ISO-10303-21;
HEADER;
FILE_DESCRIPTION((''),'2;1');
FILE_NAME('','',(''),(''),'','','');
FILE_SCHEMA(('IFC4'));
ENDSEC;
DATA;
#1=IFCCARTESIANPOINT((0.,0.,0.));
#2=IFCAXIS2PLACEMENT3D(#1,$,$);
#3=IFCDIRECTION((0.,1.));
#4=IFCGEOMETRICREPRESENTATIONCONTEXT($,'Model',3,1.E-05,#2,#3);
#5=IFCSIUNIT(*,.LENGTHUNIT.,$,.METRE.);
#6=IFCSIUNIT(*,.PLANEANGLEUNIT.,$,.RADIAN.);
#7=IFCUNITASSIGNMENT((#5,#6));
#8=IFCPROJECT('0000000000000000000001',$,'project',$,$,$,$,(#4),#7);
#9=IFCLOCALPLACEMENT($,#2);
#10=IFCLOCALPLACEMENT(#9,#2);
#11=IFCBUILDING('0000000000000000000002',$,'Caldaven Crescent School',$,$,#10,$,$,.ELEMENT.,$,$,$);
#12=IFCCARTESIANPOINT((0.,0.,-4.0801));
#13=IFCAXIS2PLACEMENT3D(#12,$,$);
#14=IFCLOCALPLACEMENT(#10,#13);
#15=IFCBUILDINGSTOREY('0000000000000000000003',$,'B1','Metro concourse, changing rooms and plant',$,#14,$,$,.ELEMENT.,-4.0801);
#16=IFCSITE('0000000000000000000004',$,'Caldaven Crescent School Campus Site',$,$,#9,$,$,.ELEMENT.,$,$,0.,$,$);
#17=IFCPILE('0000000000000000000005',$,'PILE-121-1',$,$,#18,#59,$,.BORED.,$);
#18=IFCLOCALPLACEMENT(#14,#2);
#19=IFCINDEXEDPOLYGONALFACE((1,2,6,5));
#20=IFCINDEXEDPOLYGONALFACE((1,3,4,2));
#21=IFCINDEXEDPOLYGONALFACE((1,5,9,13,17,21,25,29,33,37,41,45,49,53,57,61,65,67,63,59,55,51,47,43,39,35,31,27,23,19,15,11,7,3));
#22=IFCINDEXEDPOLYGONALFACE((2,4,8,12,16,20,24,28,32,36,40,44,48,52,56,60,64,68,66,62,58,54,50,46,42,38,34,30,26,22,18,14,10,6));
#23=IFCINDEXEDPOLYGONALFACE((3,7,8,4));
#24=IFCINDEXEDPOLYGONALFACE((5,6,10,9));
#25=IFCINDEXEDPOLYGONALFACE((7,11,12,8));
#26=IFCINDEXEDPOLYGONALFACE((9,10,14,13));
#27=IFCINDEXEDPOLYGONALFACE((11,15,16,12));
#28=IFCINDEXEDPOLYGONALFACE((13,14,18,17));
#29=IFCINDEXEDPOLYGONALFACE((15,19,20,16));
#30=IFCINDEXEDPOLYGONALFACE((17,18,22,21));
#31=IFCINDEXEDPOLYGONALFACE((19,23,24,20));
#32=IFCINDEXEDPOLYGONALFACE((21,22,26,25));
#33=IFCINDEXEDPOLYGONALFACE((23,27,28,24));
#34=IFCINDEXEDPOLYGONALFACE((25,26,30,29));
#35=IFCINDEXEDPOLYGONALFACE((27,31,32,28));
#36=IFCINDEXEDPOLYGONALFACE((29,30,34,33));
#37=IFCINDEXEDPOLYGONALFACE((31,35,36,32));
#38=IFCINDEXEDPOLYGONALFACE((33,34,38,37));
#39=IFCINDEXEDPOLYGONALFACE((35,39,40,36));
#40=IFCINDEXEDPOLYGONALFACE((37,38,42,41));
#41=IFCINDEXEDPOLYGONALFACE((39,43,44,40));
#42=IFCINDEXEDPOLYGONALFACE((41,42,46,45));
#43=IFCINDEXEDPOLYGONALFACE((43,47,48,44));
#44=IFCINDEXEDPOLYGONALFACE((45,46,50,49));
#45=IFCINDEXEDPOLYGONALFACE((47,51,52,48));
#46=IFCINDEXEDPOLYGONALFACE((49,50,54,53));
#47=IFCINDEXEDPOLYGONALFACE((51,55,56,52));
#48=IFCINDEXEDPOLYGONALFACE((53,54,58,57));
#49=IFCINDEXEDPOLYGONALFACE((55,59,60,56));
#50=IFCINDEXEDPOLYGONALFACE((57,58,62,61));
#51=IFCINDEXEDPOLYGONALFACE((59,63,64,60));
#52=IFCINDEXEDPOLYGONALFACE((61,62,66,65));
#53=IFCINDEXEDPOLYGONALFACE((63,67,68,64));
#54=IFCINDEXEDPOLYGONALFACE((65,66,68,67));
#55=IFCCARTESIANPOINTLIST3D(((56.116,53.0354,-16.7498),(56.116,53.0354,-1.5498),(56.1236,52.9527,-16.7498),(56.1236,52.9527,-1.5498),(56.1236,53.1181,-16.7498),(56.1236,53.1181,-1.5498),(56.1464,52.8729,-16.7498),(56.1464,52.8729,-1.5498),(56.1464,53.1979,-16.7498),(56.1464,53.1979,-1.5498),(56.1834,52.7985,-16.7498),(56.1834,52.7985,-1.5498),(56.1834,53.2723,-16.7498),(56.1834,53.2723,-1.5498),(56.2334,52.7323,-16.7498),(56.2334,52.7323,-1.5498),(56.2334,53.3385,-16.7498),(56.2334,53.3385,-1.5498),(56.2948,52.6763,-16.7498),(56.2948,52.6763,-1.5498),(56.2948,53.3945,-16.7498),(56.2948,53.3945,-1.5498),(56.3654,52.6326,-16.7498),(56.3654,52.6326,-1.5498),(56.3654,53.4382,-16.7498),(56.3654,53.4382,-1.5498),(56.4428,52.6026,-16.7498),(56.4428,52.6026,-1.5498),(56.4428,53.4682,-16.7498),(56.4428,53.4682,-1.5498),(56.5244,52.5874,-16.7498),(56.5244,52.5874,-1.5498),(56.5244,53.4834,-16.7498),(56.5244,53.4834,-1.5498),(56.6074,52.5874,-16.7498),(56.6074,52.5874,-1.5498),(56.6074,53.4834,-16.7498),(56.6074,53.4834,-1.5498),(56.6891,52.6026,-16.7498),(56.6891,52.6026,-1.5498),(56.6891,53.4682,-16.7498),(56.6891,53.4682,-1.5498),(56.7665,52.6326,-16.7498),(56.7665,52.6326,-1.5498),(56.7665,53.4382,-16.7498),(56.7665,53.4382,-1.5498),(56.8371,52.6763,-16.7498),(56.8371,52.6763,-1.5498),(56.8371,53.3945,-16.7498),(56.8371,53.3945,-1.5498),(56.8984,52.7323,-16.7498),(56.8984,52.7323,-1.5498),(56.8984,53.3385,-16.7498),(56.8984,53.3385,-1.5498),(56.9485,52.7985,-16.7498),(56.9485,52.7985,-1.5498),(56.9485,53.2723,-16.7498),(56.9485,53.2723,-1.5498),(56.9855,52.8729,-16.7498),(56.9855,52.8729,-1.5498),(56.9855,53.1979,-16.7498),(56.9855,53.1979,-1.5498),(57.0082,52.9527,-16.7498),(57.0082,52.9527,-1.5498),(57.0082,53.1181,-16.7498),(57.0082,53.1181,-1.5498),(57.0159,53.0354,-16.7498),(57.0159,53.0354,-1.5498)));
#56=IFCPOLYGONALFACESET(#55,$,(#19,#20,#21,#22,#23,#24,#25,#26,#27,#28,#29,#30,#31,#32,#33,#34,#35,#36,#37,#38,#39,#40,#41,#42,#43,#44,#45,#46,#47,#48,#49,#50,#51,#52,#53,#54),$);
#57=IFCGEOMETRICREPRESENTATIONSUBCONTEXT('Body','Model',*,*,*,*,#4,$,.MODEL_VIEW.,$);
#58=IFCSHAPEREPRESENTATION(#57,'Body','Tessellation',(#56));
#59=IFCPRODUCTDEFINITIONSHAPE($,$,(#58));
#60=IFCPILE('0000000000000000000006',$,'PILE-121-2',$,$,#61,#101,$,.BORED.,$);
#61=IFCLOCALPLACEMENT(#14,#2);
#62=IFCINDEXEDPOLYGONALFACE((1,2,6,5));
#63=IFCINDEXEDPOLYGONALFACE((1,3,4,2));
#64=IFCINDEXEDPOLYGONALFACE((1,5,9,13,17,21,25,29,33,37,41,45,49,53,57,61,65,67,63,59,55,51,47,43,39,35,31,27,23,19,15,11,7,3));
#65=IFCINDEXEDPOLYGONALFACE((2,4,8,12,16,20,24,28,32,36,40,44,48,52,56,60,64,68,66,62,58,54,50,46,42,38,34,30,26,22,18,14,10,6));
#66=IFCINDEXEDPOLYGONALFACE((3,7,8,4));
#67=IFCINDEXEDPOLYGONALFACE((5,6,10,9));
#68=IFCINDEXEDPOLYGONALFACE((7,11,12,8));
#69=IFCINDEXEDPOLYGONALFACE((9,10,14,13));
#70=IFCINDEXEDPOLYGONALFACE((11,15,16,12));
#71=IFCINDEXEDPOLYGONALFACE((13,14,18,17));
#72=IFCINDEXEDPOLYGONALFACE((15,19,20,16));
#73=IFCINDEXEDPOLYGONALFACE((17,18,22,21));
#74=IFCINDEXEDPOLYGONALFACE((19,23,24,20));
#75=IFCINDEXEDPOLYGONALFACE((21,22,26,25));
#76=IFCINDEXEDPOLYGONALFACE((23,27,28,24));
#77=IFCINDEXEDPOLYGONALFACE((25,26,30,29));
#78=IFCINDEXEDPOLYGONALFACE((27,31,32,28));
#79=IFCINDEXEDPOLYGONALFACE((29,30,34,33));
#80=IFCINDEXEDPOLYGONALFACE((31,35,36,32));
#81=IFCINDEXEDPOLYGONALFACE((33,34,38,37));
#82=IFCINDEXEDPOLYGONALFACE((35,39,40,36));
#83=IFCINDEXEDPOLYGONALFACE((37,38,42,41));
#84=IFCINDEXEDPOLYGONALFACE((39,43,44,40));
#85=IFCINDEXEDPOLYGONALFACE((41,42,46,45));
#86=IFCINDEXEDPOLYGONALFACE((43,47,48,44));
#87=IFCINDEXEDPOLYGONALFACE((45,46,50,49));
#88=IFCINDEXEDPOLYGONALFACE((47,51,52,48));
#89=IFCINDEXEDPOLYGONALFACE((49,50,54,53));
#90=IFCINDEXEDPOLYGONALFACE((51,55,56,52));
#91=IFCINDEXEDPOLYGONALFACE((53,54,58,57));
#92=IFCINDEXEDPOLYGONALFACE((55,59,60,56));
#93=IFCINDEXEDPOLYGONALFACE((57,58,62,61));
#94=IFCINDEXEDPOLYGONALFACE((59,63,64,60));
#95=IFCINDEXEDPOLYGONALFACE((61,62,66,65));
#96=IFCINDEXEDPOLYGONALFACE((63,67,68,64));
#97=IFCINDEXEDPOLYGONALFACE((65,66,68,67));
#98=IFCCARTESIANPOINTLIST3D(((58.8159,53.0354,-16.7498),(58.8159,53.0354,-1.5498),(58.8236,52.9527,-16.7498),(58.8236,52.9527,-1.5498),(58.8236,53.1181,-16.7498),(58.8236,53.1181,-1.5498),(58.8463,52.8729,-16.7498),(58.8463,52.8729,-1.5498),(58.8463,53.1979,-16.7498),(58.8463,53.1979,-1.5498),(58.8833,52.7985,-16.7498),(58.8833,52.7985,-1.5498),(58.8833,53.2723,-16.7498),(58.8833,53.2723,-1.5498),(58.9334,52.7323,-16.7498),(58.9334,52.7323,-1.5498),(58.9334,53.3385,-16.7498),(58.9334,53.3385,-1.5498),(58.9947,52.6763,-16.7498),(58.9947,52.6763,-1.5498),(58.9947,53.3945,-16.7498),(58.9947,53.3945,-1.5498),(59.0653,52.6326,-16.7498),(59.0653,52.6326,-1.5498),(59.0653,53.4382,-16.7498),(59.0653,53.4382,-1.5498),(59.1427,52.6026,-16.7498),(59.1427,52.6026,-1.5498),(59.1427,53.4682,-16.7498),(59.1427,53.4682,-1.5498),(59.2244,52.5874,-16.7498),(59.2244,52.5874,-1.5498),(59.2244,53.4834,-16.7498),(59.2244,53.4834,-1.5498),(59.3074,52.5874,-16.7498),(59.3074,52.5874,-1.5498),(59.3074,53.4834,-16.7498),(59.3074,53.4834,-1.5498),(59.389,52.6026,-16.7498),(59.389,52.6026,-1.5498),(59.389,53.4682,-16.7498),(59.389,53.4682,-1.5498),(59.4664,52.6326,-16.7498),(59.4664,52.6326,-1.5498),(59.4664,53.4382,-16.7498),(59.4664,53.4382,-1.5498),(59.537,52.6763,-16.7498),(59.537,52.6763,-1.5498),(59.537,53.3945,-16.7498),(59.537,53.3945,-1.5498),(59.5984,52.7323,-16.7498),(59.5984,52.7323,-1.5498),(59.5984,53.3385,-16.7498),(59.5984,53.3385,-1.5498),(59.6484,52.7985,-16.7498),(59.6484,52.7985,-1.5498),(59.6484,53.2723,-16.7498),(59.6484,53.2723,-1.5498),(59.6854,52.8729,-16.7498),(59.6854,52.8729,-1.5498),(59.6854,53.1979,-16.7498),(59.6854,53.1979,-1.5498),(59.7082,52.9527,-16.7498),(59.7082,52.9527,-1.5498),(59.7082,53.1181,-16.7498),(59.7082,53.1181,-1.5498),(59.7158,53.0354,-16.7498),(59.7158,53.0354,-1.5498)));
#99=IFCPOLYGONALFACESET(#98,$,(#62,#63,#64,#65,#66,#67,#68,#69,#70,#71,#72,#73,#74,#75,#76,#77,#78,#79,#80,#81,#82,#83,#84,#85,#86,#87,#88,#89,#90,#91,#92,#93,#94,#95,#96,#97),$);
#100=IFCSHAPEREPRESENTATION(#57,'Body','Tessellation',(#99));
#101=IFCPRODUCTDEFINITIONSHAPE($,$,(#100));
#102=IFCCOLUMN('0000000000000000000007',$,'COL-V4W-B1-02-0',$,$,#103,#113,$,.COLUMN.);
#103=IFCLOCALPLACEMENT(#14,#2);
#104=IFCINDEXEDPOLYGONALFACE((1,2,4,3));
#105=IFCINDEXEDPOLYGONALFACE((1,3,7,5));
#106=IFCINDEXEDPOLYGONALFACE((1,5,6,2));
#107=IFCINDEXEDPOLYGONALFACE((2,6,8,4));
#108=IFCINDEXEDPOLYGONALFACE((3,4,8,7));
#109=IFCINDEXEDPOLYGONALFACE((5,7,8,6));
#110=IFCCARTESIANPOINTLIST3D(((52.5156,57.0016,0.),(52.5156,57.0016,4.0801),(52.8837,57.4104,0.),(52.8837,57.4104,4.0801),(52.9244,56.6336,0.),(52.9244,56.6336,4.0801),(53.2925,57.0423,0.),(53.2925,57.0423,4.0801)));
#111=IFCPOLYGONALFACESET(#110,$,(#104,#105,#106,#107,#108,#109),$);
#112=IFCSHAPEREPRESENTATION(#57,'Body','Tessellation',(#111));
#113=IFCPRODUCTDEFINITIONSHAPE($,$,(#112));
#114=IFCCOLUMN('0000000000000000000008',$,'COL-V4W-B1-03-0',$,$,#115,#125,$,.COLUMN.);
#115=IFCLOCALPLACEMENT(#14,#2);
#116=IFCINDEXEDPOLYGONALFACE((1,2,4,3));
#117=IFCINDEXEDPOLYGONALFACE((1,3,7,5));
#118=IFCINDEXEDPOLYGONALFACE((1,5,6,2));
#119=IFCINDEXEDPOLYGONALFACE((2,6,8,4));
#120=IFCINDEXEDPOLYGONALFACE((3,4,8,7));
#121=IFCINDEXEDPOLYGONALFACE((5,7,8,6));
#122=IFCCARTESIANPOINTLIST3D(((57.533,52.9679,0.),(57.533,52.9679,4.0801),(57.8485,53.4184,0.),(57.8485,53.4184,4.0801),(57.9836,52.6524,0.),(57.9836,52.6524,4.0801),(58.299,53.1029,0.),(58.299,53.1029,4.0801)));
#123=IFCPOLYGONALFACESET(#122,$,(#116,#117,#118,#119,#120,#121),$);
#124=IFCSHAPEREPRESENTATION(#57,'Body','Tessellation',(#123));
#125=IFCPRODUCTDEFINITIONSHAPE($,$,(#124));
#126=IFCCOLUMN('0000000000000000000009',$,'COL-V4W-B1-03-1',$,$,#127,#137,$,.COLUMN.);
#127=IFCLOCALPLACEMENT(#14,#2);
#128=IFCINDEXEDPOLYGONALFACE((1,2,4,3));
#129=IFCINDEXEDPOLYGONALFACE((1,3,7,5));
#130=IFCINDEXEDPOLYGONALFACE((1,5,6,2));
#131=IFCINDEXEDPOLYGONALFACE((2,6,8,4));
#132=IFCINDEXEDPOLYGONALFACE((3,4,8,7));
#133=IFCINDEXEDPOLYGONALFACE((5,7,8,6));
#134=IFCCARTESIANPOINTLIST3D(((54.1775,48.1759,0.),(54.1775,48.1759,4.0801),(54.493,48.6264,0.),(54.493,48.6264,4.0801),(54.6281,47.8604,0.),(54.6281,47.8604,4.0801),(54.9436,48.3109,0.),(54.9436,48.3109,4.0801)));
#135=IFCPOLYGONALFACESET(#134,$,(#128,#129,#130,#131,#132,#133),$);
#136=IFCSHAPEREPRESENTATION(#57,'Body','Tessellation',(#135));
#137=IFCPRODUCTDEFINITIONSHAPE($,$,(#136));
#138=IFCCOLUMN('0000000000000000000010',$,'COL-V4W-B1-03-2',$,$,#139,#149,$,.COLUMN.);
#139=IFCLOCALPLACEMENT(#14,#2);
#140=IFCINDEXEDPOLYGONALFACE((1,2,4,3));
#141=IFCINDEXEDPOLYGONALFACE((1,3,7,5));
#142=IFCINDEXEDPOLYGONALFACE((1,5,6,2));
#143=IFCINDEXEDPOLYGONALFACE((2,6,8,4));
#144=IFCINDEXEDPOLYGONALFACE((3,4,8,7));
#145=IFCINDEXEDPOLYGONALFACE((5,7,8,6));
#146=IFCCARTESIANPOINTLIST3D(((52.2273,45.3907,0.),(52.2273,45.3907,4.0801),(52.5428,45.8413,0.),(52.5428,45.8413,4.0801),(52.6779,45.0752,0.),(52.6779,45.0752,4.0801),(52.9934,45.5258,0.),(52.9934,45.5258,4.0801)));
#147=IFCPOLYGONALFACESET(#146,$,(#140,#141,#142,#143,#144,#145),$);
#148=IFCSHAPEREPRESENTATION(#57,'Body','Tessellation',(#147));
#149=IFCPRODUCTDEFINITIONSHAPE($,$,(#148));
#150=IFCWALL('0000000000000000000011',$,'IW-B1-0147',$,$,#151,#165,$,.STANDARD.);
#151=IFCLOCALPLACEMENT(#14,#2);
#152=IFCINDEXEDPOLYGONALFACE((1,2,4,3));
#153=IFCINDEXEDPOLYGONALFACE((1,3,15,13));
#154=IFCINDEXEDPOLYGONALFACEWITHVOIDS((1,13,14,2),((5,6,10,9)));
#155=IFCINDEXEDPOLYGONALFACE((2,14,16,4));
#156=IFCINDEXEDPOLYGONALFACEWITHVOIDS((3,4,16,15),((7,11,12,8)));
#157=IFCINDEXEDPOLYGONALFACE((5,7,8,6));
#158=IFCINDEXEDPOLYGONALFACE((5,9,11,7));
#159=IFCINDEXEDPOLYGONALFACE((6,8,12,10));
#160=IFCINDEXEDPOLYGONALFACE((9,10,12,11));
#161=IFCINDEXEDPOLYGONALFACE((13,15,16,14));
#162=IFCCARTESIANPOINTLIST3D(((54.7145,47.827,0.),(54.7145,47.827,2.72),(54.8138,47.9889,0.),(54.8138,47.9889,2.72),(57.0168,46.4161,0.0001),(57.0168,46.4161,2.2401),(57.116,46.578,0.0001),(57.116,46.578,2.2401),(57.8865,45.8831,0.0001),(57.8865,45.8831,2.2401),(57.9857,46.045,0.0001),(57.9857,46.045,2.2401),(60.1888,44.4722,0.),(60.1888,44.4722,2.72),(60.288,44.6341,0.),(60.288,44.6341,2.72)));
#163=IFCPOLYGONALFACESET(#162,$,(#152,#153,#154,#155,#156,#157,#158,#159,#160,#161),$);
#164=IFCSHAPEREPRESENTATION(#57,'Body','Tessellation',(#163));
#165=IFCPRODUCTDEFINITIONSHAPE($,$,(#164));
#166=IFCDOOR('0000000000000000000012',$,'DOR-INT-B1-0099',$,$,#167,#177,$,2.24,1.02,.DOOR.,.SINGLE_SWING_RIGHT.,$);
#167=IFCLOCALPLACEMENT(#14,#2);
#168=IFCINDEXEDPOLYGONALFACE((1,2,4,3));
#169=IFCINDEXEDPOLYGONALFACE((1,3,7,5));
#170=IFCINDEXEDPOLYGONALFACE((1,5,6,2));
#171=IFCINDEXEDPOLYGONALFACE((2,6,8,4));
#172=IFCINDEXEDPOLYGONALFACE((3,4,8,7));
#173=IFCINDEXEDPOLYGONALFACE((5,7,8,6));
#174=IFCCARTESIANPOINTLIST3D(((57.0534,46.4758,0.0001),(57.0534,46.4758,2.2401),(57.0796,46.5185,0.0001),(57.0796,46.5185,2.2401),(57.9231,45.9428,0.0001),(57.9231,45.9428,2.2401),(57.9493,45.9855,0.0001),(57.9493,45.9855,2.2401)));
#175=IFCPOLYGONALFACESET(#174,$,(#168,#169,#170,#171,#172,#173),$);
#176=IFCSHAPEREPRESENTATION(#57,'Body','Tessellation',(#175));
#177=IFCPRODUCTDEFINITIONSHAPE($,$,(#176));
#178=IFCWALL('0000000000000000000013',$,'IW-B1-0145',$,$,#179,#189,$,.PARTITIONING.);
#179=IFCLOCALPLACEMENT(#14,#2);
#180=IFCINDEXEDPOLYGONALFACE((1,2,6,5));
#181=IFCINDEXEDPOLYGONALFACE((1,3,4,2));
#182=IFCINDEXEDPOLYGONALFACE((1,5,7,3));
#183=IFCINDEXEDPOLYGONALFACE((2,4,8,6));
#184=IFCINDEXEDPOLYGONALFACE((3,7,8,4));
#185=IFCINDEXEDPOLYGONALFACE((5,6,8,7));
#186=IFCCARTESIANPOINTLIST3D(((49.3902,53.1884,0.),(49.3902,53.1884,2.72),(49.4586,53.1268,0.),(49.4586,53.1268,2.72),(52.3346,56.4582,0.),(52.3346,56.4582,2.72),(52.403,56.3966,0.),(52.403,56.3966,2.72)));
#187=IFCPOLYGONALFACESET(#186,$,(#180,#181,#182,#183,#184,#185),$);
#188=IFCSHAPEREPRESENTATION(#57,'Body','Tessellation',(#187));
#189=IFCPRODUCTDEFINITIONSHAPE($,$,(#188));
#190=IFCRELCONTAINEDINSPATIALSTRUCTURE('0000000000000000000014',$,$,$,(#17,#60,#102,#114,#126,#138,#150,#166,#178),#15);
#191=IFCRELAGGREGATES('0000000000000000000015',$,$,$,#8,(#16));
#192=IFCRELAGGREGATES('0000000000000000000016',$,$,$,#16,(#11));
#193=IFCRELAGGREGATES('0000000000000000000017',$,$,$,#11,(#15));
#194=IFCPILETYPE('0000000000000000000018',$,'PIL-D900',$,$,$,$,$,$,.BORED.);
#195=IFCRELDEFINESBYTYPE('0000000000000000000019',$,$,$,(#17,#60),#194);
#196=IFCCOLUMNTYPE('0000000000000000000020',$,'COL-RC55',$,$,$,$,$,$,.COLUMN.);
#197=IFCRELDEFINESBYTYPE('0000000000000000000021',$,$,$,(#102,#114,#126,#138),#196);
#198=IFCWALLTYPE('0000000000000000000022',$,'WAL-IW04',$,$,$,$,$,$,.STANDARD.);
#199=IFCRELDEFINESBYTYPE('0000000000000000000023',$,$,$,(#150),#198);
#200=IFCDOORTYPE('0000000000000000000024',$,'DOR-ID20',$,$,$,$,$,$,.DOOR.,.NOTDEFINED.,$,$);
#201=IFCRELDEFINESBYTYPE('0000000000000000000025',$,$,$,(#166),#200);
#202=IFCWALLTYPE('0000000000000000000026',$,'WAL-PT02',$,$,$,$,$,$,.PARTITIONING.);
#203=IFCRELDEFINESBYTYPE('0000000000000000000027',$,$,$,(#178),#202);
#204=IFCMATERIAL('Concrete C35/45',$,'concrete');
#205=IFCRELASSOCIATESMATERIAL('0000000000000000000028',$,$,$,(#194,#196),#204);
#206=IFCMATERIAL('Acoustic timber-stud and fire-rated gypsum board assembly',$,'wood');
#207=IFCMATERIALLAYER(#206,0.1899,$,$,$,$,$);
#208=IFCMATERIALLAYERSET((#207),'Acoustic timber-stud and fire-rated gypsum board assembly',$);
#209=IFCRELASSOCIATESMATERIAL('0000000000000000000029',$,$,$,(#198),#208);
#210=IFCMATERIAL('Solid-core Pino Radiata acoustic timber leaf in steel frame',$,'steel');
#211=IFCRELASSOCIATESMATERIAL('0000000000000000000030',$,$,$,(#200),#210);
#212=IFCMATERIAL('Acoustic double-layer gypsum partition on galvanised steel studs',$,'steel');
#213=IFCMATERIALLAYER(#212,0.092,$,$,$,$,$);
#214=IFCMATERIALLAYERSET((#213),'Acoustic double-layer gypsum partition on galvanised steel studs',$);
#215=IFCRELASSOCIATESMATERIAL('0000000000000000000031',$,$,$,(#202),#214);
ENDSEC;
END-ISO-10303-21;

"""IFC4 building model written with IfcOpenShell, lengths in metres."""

from ifc_helpers import new_model, si_unit, direction, frame, frame_2d, origin, origin_2d, place, context, subcontext, project, spatial, rectangle, circle, extrude, material, layer, layer_set, material_profile, profile_set, type_object, element, fill, save


model = new_model("IFC4")

# Units and contexts
model_context = context("Model", 3, precision=1e-05, world=origin(), true_north=direction((0.0, 1.0)))
body_context = subcontext(model_context, "Body", "Model", "MODEL_VIEW")
ifc_project = project(units=[si_unit("LENGTHUNIT", "METRE"), si_unit("PLANEANGLEUNIT", "RADIAN")], contexts=[model_context])

# Site, building, storey
site_placement = place(None, origin())
site = spatial("IfcSite", under=ifc_project, at=site_placement, Name="Caldaven Crescent School Campus Site", CompositionType="ELEMENT", RefElevation=0.0)
building_placement = place(site_placement, origin())
building = spatial("IfcBuilding", under=site, at=building_placement, Name="Caldaven Crescent School", CompositionType="ELEMENT")
storey_placement = place(building_placement, frame((0.0, 0.0, -4.0801)))
storey = spatial("IfcBuildingStorey", under=building, at=storey_placement, Name="B1", Description="Metro concourse, changing rooms and plant", CompositionType="ELEMENT", Elevation=-4.0801)

# Shared definitions
ifc_material_1 = material(Name="Concrete C35/45", Category="concrete")

# Piles
ifc_material_profile_1 = material_profile(ifc_material_1, circle(Radius=0.45, at=origin_2d()), Name="PILE D900")
ifc_profile_set_1 = profile_set([ifc_material_profile_1], Name="Concrete C35/45")
pile_type_1 = type_object("IfcPileType", Name="PIL-D900", PredefinedType="BORED", material=ifc_profile_set_1)
for number, where, z_axis, x_axis, name in (
    (1, (56.5659, 53.0354, -1.5498), (0.0, 0.0, -1.0), (1.0, 0.0, 0.0), "PILE-121-1"),
    (2, (59.2659, 53.0354, -1.5498), (0.0, 0.0, -1.0), (1.0, 0.0, 0.0), "PILE-121-2"),
):
    element("IfcPile", number, at=place(storey_placement, frame(where, z_axis=z_axis, x_axis=x_axis)), inside=storey, type_object=pile_type_1, Name=name, PredefinedType="BORED", context=body_context, shape_type="SweptSolid", body=[
        extrude(circle(Radius=0.45, at=origin_2d()), origin(), (0.0, 0.0, 1.0), 15.2),
    ])

# Columns
ifc_material_profile_2 = material_profile(ifc_material_1, rectangle(XDim=0.55, YDim=0.55, at=origin_2d()), Name="RC 550x550")
ifc_profile_set_2 = profile_set([ifc_material_profile_2], Name="Concrete C35/45")
column_type = type_object("IfcColumnType", Name="COL-RC55", PredefinedType="COLUMN", material=ifc_profile_set_2)
for number, where, z_axis, x_axis, name in (
    (3, (52.9041, 57.022, 0.0), (0.0, 0.0, 1.0), (-0.669131, -0.743145, 0.0), "COL-V4W-B1-02-0"),
    (4, (57.916, 53.0354, 0.0), (0.0, 0.0, 1.0), (-0.573576, -0.819152, 0.0), "COL-V4W-B1-03-0"),
    (5, (54.5605, 48.2434, 0.0), (0.0, 0.0, 1.0), (-0.573576, -0.819152, 0.0), "COL-V4W-B1-03-1"),
    (6, (52.6104, 45.4583, 0.0), (0.0, 0.0, 1.0), (-0.573576, -0.819152, 0.0), "COL-V4W-B1-03-2"),
):
    element("IfcColumn", number, at=place(storey_placement, frame(where, z_axis=z_axis, x_axis=x_axis)), inside=storey, type_object=column_type, Name=name, PredefinedType="COLUMN", context=body_context, shape_type="SweptSolid", body=[
        extrude(rectangle(XDim=0.55, YDim=0.55, at=origin_2d()), origin(), (0.0, 0.0, 1.0), 4.0801),
    ])

# Wall, opening, door
ifc_material_2 = material(Name="Acoustic timber-stud and fire-rated gypsum board assembly", Category="wood")
ifc_layer_1 = layer(ifc_material_2, 0.1899)
ifc_layer_set_1 = layer_set([ifc_layer_1], Name="Acoustic timber-stud and fire-rated gypsum board assembly")
wall_type_1 = type_object("IfcWallType", Name="WAL-IW04", PredefinedType="STANDARD", material=ifc_layer_set_1)
wall_1_placement = place(storey_placement, frame((54.7642, 47.908, 0.0), z_axis=(0.0, 0.0, 1.0), x_axis=(0.852627, -0.52252, 0.0)))
wall_1 = element("IfcWall", 7, at=wall_1_placement, inside=storey, type_object=wall_type_1, Name="IW-B1-0147", PredefinedType="STANDARD", context=body_context, shape_type="SweptSolid", body=[
    extrude(rectangle(XDim=6.4204, YDim=0.1899, at=frame_2d((3.2102, 0.0))), origin(), (0.0, 0.0, 1.0), 2.72),
])
opening_placement = place(wall_1_placement, frame((2.7002, 0.0, 0.0)))
opening = element("IfcOpeningElement", 8, at=opening_placement, cuts=wall_1, PredefinedType="OPENING", context=body_context, shape_type="SweptSolid", body=[
    extrude(rectangle(XDim=1.02, YDim=2.24, at=frame_2d((0.51, 1.1201))), frame((0.0, 0.105, 0.0), z_axis=(0.0, -1.0, 0.0), x_axis=(1.0, 0.0, 0.0)), (0.0, 0.0, 1.0), 0.21),
])
ifc_material_3 = material(Name="Solid-core Pino Radiata acoustic timber leaf in steel frame", Category="steel")
door_type = type_object("IfcDoorType", Name="DOR-ID20", OperationType="NOTDEFINED", PredefinedType="DOOR", material=ifc_material_3)
door_placement = place(opening_placement, frame((1.02, 0.0, 0.0), z_axis=(0.0, 0.0, 1.0), x_axis=(-1.0, 0.0, 0.0)))
door = element("IfcDoor", 9, at=door_placement, inside=storey, type_object=door_type, Name="DOR-INT-B1-0099", OperationType="SINGLE_SWING_RIGHT", OverallHeight=2.24, OverallWidth=1.02, PredefinedType="DOOR", context=body_context, shape_type="SweptSolid", body=[
    extrude(rectangle(XDim=1.02, YDim=2.24, at=frame_2d((0.51, 1.1201))), frame((0.0, 0.0249, 0.0), z_axis=(0.0, -1.0, 0.0), x_axis=(1.0, 0.0, 0.0)), (0.0, 0.0, 1.0), 0.05),
])
fill(opening, door)

# Wall
ifc_material_4 = material(Name="Acoustic double-layer gypsum partition on galvanised steel studs", Category="steel")
ifc_layer_2 = layer(ifc_material_4, 0.092)
ifc_layer_set_2 = layer_set([ifc_layer_2], Name="Acoustic double-layer gypsum partition on galvanised steel studs")
wall_type_2 = type_object("IfcWallType", Name="WAL-PT02", PredefinedType="PARTITIONING", material=ifc_layer_set_2)
wall_2_placement = place(storey_placement, frame((52.3689, 56.4275, 0.0), z_axis=(0.0, 0.0, 1.0), x_axis=(-0.669158, -0.74312, 0.0)))
element("IfcWall", 10, at=wall_2_placement, inside=storey, type_object=wall_type_2, Name="IW-B1-0145", PredefinedType="PARTITIONING", context=body_context, shape_type="SweptSolid", body=[
    extrude(rectangle(XDim=4.4001, YDim=0.092, at=frame_2d((2.2002, 0.0))), origin(), (0.0, 0.0, 1.0), 2.72),
])

save(model, "model.ifc")
